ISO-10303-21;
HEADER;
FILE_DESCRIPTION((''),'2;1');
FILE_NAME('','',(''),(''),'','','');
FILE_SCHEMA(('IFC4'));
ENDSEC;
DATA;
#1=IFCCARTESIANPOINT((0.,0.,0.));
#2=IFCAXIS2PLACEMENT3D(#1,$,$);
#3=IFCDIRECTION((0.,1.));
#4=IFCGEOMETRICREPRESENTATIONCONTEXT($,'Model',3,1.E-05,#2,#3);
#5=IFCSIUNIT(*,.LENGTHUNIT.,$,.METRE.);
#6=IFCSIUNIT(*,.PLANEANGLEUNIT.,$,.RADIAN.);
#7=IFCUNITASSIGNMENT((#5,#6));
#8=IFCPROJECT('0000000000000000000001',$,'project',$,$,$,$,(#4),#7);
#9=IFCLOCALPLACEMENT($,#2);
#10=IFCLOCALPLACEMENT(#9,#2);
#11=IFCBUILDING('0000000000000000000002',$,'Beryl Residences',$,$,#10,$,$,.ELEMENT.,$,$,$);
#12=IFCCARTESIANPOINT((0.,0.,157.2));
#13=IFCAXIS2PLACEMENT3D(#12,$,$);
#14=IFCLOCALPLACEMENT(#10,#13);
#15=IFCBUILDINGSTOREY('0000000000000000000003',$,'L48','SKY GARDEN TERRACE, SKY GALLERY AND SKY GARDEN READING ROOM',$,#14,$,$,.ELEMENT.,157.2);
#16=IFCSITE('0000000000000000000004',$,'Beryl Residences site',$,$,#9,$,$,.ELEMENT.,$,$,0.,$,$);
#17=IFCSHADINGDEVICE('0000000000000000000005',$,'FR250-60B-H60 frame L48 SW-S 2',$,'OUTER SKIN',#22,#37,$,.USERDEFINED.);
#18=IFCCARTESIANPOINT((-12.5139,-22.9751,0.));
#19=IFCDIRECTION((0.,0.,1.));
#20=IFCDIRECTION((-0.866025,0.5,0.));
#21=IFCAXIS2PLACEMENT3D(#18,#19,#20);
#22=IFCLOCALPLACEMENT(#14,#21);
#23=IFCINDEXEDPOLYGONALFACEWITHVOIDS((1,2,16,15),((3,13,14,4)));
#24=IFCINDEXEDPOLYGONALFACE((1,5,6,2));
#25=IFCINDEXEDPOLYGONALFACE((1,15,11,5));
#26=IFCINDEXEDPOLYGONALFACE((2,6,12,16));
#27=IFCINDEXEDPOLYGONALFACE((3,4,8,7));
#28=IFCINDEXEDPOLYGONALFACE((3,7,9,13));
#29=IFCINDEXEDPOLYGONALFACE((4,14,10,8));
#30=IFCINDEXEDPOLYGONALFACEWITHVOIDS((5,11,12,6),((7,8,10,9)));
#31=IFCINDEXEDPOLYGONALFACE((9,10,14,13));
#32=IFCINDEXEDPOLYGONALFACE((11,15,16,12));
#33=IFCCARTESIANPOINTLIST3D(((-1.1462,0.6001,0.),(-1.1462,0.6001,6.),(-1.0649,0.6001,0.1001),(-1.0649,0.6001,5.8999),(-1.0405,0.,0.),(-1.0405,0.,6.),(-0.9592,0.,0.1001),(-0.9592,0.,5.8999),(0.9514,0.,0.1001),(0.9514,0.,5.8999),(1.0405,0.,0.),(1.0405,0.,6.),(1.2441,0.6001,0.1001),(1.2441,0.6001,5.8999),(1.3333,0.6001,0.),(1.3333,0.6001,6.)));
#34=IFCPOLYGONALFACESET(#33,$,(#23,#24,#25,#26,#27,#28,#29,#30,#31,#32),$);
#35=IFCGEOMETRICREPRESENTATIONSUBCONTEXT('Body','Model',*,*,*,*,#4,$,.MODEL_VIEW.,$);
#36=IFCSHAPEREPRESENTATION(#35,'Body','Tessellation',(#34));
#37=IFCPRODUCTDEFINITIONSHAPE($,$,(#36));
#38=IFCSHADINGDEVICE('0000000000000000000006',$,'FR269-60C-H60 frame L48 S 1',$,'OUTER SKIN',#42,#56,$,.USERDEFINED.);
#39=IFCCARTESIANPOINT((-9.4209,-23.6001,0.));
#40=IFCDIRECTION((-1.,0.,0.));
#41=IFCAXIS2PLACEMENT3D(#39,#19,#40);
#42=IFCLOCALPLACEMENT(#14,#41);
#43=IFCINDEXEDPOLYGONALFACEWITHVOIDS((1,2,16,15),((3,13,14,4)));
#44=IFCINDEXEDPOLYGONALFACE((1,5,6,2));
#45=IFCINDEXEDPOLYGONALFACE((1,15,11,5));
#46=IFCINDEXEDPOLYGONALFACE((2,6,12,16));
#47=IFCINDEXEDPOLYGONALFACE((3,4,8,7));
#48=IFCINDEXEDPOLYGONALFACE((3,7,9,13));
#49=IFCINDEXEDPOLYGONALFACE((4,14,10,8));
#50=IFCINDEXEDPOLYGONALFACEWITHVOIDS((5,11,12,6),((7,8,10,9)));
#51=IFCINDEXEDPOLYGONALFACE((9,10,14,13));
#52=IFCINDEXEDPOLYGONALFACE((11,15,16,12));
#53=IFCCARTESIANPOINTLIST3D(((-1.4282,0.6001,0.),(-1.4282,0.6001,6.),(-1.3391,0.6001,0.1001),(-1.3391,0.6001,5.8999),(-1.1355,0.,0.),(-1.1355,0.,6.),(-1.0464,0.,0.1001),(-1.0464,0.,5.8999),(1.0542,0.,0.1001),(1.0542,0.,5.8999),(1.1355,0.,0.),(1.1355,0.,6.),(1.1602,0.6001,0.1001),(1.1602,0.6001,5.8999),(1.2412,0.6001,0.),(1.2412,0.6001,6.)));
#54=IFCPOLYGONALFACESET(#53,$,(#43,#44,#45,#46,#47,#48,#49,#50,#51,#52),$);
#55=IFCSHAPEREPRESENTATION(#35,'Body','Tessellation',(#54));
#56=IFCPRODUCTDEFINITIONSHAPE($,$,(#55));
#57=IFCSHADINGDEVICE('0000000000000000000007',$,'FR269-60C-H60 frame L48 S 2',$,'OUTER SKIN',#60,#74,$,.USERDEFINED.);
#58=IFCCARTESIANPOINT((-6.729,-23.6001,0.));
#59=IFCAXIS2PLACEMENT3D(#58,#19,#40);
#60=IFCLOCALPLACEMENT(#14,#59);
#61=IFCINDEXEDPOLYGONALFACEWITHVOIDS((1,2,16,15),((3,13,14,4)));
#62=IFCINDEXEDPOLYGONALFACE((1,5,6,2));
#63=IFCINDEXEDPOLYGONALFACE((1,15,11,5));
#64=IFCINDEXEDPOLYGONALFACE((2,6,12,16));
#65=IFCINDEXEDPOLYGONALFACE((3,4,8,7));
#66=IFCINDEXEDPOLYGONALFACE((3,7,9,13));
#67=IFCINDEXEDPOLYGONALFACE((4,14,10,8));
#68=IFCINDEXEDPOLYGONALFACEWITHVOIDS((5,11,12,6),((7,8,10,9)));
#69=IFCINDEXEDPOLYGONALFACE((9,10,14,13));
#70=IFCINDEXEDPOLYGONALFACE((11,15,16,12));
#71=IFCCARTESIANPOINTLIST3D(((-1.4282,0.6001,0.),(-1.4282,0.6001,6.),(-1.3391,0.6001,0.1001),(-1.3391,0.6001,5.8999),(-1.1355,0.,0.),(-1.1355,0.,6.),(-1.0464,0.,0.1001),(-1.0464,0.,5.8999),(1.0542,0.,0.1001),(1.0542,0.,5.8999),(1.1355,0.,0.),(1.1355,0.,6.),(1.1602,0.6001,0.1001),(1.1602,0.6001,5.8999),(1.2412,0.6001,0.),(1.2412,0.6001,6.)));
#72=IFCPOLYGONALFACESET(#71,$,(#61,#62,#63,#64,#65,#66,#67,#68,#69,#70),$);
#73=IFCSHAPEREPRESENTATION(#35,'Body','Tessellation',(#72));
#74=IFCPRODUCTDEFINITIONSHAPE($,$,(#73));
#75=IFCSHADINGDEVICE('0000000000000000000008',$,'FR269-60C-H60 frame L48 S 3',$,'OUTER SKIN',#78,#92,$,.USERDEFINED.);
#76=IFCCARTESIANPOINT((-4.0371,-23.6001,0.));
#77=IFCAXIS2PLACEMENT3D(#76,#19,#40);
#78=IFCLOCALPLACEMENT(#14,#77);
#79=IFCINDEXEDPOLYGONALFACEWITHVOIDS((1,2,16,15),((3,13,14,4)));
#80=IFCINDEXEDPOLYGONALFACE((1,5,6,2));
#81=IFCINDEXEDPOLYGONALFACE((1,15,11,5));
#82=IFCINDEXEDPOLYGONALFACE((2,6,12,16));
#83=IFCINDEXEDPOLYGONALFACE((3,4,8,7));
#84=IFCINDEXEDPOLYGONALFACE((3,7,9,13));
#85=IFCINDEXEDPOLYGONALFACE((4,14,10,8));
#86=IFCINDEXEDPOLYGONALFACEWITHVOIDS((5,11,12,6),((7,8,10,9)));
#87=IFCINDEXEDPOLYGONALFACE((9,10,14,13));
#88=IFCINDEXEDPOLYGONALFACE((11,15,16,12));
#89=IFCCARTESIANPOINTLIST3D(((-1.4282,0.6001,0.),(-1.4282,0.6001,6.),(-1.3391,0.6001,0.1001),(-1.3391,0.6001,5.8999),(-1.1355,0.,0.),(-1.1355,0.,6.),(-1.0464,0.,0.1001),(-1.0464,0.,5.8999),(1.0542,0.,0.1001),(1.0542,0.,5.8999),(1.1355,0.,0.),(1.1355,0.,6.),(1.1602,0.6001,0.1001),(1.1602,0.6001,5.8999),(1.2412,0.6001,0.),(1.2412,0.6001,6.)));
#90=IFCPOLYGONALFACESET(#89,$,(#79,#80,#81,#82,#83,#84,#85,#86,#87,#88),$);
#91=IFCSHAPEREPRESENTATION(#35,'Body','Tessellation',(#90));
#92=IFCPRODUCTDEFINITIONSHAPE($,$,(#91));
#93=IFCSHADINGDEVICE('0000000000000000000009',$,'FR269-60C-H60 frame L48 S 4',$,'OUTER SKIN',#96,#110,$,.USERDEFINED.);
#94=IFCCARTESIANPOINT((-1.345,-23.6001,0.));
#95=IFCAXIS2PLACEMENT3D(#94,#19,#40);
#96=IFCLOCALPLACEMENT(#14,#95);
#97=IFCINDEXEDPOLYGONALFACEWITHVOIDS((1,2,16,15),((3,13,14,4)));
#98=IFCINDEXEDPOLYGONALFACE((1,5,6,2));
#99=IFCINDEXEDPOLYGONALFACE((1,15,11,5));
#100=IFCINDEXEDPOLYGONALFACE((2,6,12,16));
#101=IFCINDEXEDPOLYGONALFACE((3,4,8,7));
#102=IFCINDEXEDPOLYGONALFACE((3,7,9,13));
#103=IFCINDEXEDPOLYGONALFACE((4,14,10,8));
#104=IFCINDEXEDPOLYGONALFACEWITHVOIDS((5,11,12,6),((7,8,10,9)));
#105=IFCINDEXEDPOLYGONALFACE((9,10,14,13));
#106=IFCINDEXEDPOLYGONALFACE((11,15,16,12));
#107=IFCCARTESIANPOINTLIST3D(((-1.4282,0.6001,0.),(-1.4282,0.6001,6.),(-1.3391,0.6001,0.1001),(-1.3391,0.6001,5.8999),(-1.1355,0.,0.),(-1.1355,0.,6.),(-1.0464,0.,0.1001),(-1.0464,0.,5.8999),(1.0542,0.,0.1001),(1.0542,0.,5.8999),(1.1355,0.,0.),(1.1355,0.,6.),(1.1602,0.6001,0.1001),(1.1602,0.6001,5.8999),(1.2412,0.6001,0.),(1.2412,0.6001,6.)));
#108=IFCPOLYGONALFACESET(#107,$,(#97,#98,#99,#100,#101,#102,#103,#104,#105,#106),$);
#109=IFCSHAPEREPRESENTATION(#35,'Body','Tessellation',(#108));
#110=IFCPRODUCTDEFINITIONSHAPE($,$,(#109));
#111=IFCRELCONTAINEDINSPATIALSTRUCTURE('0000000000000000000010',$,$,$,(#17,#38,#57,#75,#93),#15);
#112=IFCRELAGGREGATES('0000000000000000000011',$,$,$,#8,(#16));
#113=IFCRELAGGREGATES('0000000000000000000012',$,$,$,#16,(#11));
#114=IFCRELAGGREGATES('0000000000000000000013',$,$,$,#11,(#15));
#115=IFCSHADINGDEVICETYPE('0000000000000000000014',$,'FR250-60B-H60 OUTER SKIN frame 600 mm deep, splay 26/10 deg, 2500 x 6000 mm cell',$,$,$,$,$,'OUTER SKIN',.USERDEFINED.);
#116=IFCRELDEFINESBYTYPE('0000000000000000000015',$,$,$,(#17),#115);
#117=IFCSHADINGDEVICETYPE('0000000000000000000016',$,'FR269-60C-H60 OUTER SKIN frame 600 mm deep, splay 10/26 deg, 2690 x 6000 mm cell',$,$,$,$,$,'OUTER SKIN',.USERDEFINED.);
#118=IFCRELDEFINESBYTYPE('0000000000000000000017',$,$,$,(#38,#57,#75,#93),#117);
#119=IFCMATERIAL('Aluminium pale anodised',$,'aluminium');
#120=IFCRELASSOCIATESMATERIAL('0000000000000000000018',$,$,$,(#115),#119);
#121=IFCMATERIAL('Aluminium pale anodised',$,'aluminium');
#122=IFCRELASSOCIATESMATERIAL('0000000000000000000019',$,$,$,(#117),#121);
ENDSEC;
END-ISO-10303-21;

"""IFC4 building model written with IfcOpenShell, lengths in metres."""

from ifc_helpers import new_model, entity, si_unit, direction, frame, origin, place, context, subcontext, project, spatial, source, transform, mapped, material, type_object, type_shapes, element, save


model = new_model("IFC4")

# Units and contexts
model_context = context("Model", 3, precision=1e-05, world=origin(), true_north=direction((0.0, 1.0)))
body_context = subcontext(model_context, "Body", "Model", "MODEL_VIEW")
ifc_project = project(units=[si_unit("LENGTHUNIT", "METRE"), si_unit("PLANEANGLEUNIT", "RADIAN")], contexts=[model_context])

# Site, building, storey
site_placement = place(None, origin())
site = spatial("IfcSite", under=ifc_project, at=site_placement, Name="Beryl Residences site", CompositionType="ELEMENT", RefElevation=0.0)
building_placement = place(site_placement, origin())
building = spatial("IfcBuilding", under=site, at=building_placement, Name="Beryl Residences", CompositionType="ELEMENT")
storey_placement = place(building_placement, frame((0.0, 0.0, 157.2)))
storey = spatial("IfcBuildingStorey", under=building, at=storey_placement, Name="L48", Description="SKY GARDEN TERRACE, SKY GALLERY AND SKY GARDEN READING ROOM", CompositionType="ELEMENT", Elevation=157.2)

# Shading devices
ifc_material_1 = material(Name="Aluminium pale anodised", Category="aluminium")
shading_device_type_1 = type_object("IfcShadingDeviceType", Name="FR250-60B-H60 OUTER SKIN frame 600 mm deep, splay 26/10 deg, 2500 x 6000 mm cell", ElementType="OUTER SKIN", PredefinedType="USERDEFINED", material=ifc_material_1)
cartesian_point_1 = entity("IfcCartesianPoint", [-1.0405, 0.0])
cartesian_point_2 = entity("IfcCartesianPoint", [-0.9514, 0.1001])
cartesian_point_3 = entity("IfcCartesianPoint", [-1.3333, 0.0])
cartesian_point_4 = entity("IfcCartesianPoint", [-1.2441, 0.1001])
shared_shape_1 = source(origin(), body_context, "Body", "SweptSolid", [
    entity("IfcExtrudedAreaSolidTapered", entity("IfcArbitraryProfileDefWithVoids", "AREA", None, entity("IfcPolyline", [cartesian_point_1, entity("IfcCartesianPoint", [1.0405, 0.0]), entity("IfcCartesianPoint", [1.0405, 6.0]), entity("IfcCartesianPoint", [-1.0405, 6.0]), cartesian_point_1]), [entity("IfcPolyline", [cartesian_point_2, entity("IfcCartesianPoint", [0.9592, 0.1001]), entity("IfcCartesianPoint", [0.9592, 5.8999]), entity("IfcCartesianPoint", [-0.9514, 5.8999]), cartesian_point_2])]), entity("IfcAxis2Placement3D", entity("IfcCartesianPoint", [0.0, 0.0, 0.0]), entity("IfcDirection", [0.0, 1.0, 0.0]), entity("IfcDirection", [-1.0, 0.0, 0.0])), entity("IfcDirection", [0.0, 0.0, 1.0]), 0.6001, entity("IfcArbitraryProfileDefWithVoids", "AREA", None, entity("IfcPolyline", [cartesian_point_3, entity("IfcCartesianPoint", [1.1462, 0.0]), entity("IfcCartesianPoint", [1.1462, 6.0]), entity("IfcCartesianPoint", [-1.3333, 6.0]), cartesian_point_3]), [entity("IfcPolyline", [cartesian_point_4, entity("IfcCartesianPoint", [1.0649, 0.1001]), entity("IfcCartesianPoint", [1.0649, 5.8999]), entity("IfcCartesianPoint", [-1.2441, 5.8999]), cartesian_point_4])])),
])
type_shapes(shading_device_type_1, [shared_shape_1])
shading_device_placement = place(storey_placement, frame((-12.5139, -22.9751, 0.0), z_axis=(0.0, 0.0, 1.0), x_axis=(-0.866025, 0.5, 0.0)))
element("IfcShadingDevice", 1, at=shading_device_placement, inside=storey, type_object=shading_device_type_1, Name="FR250-60B-H60 frame L48 SW-S 2", ObjectType="OUTER SKIN", PredefinedType="USERDEFINED", context=body_context, shape_type="MappedRepresentation", body=[
    mapped(shared_shape_1, transform((0.0, 0.0, 0.0))),
])
ifc_material_2 = material(Name="Aluminium pale anodised", Category="aluminium")
shading_device_type_2 = type_object("IfcShadingDeviceType", Name="FR269-60C-H60 OUTER SKIN frame 600 mm deep, splay 10/26 deg, 2690 x 6000 mm cell", ElementType="OUTER SKIN", PredefinedType="USERDEFINED", material=ifc_material_2)
cartesian_point_5 = entity("IfcCartesianPoint", [-1.1355, 0.0])
cartesian_point_6 = entity("IfcCartesianPoint", [-1.0542, 0.1001])
cartesian_point_7 = entity("IfcCartesianPoint", [-1.2412, 0.0])
cartesian_point_8 = entity("IfcCartesianPoint", [-1.1602, 0.1001])
shared_shape_2 = source(origin(), body_context, "Body", "SweptSolid", [
    entity("IfcExtrudedAreaSolidTapered", entity("IfcArbitraryProfileDefWithVoids", "AREA", None, entity("IfcPolyline", [cartesian_point_5, entity("IfcCartesianPoint", [1.1355, 0.0]), entity("IfcCartesianPoint", [1.1355, 6.0]), entity("IfcCartesianPoint", [-1.1355, 6.0]), cartesian_point_5]), [entity("IfcPolyline", [cartesian_point_6, entity("IfcCartesianPoint", [1.0464, 0.1001]), entity("IfcCartesianPoint", [1.0464, 5.8999]), entity("IfcCartesianPoint", [-1.0542, 5.8999]), cartesian_point_6])]), entity("IfcAxis2Placement3D", entity("IfcCartesianPoint", [0.0, 0.0, 0.0]), entity("IfcDirection", [0.0, 1.0, 0.0]), entity("IfcDirection", [-1.0, 0.0, 0.0])), entity("IfcDirection", [0.0, 0.0, 1.0]), 0.6001, entity("IfcArbitraryProfileDefWithVoids", "AREA", None, entity("IfcPolyline", [cartesian_point_7, entity("IfcCartesianPoint", [1.4282, 0.0]), entity("IfcCartesianPoint", [1.4282, 6.0]), entity("IfcCartesianPoint", [-1.2412, 6.0]), cartesian_point_7]), [entity("IfcPolyline", [cartesian_point_8, entity("IfcCartesianPoint", [1.3391, 0.1001]), entity("IfcCartesianPoint", [1.3391, 5.8999]), entity("IfcCartesianPoint", [-1.1602, 5.8999]), cartesian_point_8])])),
])
type_shapes(shading_device_type_2, [shared_shape_2])
for number, where, z_axis, x_axis, name in (
    (2, (-9.4209, -23.6001, 0.0), (0.0, 0.0, 1.0), (-1.0, 0.0, 0.0), "FR269-60C-H60 frame L48 S 1"),
    (3, (-6.729, -23.6001, 0.0), (0.0, 0.0, 1.0), (-1.0, 0.0, 0.0), "FR269-60C-H60 frame L48 S 2"),
    (4, (-4.0371, -23.6001, 0.0), (0.0, 0.0, 1.0), (-1.0, 0.0, 0.0), "FR269-60C-H60 frame L48 S 3"),
    (5, (-1.345, -23.6001, 0.0), (0.0, 0.0, 1.0), (-1.0, 0.0, 0.0), "FR269-60C-H60 frame L48 S 4"),
):
    element("IfcShadingDevice", number, at=place(storey_placement, frame(where, z_axis=z_axis, x_axis=x_axis)), inside=storey, type_object=shading_device_type_2, Name=name, ObjectType="OUTER SKIN", PredefinedType="USERDEFINED", context=body_context, shape_type="MappedRepresentation", body=[
        mapped(shared_shape_2, transform((0.0, 0.0, 0.0))),
    ])

save(model, "model.ifc")
